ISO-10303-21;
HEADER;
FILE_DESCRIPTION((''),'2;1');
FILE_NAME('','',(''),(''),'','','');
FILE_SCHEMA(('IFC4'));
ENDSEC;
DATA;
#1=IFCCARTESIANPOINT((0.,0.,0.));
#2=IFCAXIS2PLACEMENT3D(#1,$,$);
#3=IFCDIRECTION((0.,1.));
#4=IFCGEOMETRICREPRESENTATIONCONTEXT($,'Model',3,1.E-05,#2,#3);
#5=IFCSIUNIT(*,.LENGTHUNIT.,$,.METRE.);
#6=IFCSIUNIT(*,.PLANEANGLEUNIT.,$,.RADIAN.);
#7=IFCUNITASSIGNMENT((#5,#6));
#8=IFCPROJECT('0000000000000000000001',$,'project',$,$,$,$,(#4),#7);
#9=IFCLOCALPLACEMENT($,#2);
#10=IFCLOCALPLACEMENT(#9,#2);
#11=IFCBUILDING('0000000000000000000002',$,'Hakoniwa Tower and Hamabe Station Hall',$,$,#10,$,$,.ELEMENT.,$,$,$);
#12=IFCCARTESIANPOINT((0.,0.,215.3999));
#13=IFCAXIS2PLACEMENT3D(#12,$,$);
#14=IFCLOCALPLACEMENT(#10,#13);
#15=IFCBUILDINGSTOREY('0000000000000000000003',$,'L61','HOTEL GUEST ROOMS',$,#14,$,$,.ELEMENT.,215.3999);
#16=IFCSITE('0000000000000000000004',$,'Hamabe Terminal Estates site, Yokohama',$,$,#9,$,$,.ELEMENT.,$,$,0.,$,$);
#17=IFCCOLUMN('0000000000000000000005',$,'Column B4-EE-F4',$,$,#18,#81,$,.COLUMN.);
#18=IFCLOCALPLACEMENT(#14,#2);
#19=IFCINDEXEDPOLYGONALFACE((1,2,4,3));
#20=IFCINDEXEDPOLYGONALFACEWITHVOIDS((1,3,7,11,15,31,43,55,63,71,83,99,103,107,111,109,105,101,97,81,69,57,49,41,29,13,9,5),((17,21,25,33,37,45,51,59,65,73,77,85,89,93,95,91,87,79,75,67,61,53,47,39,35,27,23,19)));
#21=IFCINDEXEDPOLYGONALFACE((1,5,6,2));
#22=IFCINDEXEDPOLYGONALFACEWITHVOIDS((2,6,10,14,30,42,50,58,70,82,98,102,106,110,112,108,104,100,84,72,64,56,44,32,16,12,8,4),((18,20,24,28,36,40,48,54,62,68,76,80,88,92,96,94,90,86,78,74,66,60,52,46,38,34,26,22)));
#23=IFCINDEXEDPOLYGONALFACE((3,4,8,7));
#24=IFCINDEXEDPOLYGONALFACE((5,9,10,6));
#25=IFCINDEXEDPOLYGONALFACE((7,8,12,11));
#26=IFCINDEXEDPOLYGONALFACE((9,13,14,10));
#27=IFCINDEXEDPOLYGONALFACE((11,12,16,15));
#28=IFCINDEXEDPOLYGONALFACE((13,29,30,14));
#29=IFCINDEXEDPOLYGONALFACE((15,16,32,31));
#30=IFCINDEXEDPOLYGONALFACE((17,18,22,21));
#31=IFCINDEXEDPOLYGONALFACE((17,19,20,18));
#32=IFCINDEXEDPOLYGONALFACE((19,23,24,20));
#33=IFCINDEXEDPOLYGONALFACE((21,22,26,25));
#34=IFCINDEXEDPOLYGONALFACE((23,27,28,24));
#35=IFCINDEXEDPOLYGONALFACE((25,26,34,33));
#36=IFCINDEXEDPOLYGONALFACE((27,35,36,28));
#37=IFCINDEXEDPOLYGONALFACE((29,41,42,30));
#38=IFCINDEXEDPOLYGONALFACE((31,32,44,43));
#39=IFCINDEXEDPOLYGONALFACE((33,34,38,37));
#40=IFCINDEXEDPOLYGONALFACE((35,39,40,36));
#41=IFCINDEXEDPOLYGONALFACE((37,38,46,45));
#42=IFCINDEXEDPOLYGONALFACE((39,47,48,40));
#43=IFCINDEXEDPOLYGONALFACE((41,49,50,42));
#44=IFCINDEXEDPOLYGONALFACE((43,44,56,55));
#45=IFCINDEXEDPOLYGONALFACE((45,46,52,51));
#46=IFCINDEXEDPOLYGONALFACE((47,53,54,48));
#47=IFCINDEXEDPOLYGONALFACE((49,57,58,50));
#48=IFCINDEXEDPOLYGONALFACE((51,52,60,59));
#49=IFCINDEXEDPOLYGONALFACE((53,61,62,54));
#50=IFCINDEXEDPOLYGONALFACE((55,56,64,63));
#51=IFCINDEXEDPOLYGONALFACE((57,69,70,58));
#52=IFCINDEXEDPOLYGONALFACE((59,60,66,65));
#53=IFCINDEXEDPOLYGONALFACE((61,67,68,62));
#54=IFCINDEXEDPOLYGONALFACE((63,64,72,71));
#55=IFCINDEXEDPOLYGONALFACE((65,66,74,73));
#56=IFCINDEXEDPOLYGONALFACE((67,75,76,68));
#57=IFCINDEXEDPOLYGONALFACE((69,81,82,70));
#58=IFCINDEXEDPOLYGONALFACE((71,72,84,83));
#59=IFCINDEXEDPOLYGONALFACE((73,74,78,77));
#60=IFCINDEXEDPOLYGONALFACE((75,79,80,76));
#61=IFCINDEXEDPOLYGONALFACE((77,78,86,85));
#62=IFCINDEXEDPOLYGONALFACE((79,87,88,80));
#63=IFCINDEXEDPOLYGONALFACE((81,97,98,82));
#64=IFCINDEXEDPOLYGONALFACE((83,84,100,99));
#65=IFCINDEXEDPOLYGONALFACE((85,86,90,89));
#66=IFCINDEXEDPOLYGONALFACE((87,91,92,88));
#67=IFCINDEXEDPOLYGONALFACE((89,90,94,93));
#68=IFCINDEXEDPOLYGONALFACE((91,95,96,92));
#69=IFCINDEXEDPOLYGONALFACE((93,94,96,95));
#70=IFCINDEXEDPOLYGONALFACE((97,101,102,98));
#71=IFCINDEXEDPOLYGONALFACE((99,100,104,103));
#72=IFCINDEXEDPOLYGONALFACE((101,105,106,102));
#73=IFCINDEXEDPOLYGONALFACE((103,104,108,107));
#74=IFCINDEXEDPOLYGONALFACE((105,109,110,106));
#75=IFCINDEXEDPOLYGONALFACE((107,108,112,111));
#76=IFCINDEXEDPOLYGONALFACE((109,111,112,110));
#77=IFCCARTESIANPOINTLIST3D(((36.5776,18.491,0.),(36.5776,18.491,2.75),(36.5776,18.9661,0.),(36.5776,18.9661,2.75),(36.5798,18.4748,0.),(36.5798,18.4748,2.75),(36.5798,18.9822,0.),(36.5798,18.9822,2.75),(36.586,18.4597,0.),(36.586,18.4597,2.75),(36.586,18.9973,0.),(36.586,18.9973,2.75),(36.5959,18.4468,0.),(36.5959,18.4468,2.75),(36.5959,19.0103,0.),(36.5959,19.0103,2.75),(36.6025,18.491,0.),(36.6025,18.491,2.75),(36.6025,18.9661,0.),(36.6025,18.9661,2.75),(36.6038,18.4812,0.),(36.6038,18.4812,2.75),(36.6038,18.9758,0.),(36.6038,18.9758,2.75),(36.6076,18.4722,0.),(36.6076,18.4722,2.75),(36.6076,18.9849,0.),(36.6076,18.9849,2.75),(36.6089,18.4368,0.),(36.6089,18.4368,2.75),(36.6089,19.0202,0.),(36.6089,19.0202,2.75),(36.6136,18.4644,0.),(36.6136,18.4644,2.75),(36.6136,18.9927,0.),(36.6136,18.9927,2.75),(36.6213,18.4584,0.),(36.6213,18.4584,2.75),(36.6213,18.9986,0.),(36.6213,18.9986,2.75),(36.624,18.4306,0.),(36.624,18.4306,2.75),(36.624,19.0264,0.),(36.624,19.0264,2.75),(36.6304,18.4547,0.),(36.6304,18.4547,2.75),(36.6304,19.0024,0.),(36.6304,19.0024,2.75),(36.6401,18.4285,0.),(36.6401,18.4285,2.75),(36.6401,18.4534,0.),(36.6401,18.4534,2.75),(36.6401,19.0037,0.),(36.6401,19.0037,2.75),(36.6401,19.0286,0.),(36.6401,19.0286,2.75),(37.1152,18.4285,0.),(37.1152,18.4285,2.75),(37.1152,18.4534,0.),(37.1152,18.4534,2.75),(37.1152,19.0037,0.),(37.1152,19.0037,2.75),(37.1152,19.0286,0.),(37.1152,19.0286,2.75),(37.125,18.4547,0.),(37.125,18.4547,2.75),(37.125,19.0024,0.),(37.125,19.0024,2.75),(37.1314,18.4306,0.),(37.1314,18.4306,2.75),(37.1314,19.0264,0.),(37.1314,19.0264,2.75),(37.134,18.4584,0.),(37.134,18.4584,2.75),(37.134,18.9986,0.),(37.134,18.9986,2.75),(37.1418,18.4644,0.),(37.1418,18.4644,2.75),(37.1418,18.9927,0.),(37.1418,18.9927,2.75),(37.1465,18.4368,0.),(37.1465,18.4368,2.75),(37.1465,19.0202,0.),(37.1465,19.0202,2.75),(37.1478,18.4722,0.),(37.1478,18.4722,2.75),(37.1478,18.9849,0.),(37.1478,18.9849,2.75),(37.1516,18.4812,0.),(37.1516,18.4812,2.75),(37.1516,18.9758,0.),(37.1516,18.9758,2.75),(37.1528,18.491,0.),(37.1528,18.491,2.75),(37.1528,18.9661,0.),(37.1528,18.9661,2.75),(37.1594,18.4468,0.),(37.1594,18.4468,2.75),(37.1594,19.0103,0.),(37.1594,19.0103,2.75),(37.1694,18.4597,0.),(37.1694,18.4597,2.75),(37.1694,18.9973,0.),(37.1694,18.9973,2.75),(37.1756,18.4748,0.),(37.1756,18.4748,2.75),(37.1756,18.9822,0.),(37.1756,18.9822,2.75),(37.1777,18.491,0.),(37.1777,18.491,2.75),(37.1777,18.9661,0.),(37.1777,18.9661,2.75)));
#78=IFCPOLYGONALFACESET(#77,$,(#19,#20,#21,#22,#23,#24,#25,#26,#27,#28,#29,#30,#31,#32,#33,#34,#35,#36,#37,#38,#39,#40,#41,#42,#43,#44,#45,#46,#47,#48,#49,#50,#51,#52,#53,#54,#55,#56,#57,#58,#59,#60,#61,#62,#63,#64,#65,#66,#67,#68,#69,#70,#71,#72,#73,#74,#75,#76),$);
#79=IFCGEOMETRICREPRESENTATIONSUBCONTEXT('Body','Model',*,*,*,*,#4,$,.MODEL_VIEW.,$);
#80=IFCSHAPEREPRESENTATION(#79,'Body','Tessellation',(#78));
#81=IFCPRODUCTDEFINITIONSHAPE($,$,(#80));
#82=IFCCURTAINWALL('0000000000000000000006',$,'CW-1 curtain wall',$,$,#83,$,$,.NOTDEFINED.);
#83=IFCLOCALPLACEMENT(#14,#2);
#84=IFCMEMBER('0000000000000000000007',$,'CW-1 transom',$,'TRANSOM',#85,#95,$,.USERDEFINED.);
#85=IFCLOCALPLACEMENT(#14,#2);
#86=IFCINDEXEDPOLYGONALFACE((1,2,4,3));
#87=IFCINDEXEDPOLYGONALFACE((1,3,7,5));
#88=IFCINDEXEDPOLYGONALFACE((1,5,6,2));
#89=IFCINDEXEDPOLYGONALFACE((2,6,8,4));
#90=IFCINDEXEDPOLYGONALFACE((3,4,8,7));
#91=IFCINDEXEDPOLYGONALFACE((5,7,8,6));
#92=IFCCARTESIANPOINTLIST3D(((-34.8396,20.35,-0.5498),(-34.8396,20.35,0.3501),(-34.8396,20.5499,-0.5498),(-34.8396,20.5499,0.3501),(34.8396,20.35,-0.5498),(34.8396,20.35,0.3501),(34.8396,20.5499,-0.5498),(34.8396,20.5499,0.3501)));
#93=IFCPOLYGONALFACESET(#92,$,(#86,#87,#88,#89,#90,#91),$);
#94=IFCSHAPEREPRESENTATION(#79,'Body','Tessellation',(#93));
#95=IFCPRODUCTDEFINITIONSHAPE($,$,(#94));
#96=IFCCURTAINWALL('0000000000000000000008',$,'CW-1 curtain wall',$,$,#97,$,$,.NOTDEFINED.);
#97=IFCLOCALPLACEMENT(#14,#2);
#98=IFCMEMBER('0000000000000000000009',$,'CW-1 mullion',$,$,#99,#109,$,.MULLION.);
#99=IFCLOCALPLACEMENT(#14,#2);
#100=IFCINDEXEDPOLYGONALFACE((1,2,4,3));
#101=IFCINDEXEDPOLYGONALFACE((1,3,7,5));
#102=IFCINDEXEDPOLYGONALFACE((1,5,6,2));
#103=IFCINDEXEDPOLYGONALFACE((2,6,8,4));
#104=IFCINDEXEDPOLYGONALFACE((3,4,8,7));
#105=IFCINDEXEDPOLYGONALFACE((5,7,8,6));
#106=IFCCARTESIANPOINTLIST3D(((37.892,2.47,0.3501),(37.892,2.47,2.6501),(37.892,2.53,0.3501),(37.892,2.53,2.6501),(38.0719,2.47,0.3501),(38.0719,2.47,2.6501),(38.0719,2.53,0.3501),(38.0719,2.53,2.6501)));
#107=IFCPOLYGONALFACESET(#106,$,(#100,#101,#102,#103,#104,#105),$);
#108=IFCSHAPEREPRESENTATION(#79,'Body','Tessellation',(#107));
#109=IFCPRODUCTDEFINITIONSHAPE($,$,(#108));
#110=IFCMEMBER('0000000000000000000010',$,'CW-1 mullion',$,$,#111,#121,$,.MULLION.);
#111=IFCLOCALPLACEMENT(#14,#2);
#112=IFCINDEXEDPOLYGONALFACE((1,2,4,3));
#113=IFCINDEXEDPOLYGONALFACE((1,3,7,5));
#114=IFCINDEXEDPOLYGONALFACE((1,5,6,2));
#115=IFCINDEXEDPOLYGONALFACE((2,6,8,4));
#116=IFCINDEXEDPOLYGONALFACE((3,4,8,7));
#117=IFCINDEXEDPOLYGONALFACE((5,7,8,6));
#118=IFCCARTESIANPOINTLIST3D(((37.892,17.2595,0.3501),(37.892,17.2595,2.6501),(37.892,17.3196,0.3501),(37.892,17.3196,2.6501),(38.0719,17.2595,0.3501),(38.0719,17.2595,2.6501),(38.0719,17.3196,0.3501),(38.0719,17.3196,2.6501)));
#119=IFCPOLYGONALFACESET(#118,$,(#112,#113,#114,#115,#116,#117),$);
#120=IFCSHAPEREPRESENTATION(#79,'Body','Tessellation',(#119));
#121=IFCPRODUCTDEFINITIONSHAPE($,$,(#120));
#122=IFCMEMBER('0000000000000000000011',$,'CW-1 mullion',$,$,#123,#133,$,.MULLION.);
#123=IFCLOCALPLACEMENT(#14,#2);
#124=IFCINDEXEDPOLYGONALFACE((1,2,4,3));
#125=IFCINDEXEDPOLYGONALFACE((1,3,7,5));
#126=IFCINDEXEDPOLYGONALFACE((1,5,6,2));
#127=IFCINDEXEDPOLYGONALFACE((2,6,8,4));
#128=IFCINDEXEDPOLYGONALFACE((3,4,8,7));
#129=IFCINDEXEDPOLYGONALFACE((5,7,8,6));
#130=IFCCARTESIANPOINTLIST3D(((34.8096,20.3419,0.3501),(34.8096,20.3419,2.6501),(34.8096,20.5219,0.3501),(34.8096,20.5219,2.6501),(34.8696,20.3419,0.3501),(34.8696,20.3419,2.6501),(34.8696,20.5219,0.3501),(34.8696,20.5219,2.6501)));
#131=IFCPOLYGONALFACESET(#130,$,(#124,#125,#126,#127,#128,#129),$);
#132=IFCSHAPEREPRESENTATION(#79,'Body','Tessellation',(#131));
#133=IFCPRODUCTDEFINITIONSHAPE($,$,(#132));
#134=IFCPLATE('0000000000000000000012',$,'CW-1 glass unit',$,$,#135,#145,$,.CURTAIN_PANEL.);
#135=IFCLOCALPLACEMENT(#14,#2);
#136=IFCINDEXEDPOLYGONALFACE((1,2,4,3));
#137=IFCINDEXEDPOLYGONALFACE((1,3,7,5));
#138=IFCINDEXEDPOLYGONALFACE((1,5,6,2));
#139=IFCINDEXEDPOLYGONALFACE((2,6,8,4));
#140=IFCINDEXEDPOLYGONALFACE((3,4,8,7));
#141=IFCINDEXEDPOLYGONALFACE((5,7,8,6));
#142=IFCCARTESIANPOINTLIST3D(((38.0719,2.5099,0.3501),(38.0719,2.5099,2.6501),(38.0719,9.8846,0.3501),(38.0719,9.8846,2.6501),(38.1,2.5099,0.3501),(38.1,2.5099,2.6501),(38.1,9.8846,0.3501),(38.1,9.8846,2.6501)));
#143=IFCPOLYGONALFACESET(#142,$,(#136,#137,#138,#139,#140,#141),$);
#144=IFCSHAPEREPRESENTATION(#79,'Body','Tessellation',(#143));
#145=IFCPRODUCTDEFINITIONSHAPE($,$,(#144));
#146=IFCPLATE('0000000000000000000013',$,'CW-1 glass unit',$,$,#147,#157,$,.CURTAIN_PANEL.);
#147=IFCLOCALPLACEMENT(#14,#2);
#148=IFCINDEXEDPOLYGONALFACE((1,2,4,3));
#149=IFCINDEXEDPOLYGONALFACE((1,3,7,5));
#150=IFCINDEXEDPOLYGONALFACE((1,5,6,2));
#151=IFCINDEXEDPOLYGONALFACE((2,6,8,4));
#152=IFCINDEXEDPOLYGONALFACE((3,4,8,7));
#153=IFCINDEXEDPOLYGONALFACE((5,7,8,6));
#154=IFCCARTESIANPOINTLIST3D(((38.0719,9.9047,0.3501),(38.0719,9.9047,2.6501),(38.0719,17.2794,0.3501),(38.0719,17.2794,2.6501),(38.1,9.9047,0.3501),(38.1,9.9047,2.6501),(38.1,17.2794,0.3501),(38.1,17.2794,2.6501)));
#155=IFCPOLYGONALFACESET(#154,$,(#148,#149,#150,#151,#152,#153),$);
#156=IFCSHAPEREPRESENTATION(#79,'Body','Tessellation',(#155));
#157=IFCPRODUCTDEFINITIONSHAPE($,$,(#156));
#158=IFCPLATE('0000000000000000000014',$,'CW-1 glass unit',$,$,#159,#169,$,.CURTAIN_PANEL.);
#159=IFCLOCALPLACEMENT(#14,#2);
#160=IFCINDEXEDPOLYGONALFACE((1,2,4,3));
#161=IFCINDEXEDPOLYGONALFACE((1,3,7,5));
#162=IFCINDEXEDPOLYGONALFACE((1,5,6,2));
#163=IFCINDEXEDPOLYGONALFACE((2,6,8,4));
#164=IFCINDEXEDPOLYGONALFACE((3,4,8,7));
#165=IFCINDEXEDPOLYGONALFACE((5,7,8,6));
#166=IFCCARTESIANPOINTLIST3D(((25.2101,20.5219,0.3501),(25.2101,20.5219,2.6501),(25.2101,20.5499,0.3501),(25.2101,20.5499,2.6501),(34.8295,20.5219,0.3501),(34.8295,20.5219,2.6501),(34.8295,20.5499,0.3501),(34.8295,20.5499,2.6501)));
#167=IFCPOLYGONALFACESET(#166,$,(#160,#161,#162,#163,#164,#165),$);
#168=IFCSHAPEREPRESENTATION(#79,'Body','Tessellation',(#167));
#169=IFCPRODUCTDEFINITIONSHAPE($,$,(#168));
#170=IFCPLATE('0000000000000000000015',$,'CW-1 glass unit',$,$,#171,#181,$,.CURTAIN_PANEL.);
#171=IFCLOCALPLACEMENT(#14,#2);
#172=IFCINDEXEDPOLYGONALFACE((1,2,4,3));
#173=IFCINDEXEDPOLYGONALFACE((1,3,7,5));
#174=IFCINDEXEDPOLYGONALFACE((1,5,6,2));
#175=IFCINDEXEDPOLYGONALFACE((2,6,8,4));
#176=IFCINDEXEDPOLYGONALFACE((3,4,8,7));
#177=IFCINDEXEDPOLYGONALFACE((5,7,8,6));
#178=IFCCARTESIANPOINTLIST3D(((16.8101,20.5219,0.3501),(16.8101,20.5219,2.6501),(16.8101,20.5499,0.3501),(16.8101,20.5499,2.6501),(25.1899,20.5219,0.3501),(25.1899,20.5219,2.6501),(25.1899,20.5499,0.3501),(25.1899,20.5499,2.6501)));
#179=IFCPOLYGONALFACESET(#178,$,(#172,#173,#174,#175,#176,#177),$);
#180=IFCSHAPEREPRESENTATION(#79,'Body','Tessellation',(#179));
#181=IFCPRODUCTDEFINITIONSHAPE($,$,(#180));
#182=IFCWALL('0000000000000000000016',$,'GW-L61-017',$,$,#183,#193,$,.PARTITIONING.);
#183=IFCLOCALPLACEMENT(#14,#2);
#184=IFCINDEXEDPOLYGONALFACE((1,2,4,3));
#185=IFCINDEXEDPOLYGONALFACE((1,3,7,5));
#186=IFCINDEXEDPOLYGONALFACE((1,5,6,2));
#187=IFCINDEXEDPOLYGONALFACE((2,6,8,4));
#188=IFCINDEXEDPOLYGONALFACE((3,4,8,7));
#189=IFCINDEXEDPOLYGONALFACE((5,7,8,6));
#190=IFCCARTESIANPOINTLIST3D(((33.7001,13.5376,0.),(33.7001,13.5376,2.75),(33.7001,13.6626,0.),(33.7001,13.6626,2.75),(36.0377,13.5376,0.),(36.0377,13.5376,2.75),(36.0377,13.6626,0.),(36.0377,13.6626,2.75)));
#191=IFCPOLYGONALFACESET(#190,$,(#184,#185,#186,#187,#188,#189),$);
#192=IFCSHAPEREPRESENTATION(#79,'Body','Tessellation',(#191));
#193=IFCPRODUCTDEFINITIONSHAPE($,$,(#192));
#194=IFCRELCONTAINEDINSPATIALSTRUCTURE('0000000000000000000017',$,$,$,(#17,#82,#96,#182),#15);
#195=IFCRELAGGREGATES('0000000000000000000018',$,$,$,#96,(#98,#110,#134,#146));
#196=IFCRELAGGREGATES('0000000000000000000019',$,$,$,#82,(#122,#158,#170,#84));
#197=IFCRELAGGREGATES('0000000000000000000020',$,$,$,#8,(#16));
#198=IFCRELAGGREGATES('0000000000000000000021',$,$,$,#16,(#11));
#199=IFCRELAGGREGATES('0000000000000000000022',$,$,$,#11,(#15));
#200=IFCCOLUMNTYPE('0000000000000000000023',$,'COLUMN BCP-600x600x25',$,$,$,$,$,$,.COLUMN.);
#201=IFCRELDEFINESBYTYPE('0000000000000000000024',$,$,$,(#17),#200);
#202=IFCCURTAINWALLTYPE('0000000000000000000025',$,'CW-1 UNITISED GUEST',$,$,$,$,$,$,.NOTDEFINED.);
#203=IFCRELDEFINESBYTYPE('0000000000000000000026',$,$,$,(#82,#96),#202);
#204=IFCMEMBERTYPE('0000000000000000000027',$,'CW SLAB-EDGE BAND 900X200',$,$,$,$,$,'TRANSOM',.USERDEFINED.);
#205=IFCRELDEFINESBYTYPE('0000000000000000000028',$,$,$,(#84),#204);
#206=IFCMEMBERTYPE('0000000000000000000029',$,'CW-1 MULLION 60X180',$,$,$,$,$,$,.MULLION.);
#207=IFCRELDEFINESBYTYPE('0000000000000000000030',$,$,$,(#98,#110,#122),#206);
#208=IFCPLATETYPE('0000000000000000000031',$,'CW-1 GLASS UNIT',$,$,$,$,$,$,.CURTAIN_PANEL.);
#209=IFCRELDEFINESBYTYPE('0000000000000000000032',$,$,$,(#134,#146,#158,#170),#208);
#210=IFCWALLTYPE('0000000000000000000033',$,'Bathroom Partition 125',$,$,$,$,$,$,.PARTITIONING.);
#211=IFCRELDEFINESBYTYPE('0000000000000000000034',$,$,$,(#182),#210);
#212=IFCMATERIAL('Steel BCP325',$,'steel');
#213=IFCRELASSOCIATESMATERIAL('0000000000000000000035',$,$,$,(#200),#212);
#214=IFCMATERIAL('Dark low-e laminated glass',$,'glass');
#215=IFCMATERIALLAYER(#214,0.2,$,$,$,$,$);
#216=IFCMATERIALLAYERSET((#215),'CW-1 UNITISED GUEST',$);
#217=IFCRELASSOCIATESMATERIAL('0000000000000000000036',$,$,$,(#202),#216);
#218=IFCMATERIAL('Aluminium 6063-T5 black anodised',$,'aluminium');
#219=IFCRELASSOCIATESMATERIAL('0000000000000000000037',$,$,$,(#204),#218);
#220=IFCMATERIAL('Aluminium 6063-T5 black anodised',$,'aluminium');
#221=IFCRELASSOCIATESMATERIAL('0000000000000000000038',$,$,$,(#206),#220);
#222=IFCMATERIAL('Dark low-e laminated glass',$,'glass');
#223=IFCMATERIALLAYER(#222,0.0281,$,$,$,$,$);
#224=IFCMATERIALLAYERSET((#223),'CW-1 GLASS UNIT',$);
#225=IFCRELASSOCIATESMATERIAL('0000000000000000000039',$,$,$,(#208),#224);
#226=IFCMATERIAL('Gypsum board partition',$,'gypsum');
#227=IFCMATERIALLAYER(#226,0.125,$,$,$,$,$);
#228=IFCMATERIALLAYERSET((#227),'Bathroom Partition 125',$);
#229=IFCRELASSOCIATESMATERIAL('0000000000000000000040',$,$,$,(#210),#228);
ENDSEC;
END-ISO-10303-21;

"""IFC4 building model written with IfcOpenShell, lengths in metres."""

from ifc_helpers import new_model, si_unit, direction, frame, frame_2d, origin, origin_2d, place, context, subcontext, project, spatial, rectangle, hollow_rectangle, extrude, material, layer, layer_set, material_profile, profile_set, type_object, element, aggregate, save


model = new_model("IFC4")

# Units and contexts
model_context = context("Model", 3, precision=1e-05, world=origin(), true_north=direction((0.0, 1.0)))
body_context = subcontext(model_context, "Body", "Model", "MODEL_VIEW")
ifc_project = project(units=[si_unit("LENGTHUNIT", "METRE"), si_unit("PLANEANGLEUNIT", "RADIAN")], contexts=[model_context])

# Site, building, storey
site_placement = place(None, origin())
site = spatial("IfcSite", under=ifc_project, at=site_placement, Name="Hamabe Terminal Estates site, Yokohama", CompositionType="ELEMENT", RefElevation=0.0)
building_placement = place(site_placement, origin())
building = spatial("IfcBuilding", under=site, at=building_placement, Name="Hakoniwa Tower and Hamabe Station Hall", CompositionType="ELEMENT")
storey_placement = place(building_placement, frame((0.0, 0.0, 215.3999)))
storey = spatial("IfcBuildingStorey", under=building, at=storey_placement, Name="L61", Description="HOTEL GUEST ROOMS", CompositionType="ELEMENT", Elevation=215.3999)

# Column
ifc_material_1 = material(Name="Steel BCP325", Category="steel")
ifc_material_profile_1 = material_profile(ifc_material_1, hollow_rectangle(XDim=0.6001, YDim=0.6001, WallThickness=0.0249, InnerFilletRadius=0.0376, OuterFilletRadius=0.0625, at=origin_2d()), Name="BCP-600x600x25")
ifc_profile_set_1 = profile_set([ifc_material_profile_1], Name="Steel BCP325")
column_type = type_object("IfcColumnType", Name="COLUMN BCP-600x600x25", PredefinedType="COLUMN", material=ifc_profile_set_1)
for number, where, z_axis, x_axis, name in (
    (1, (36.8777, 18.7285, 0.0), (0.0, 0.0, 1.0), (1.0, 0.0, 0.0), "Column B4-EE-F4"),
):
    element("IfcColumn", number, at=place(storey_placement, frame(where, z_axis=z_axis, x_axis=x_axis)), inside=storey, type_object=column_type, Name=name, PredefinedType="COLUMN", context=body_context, shape_type="SweptSolid", body=[
        extrude(hollow_rectangle(XDim=0.6001, YDim=0.6001, WallThickness=0.0249, InnerFilletRadius=0.0376, OuterFilletRadius=0.0625, at=origin_2d()), origin(), (0.0, 0.0, 1.0), 2.75),
    ])

# Curtain wall, member
ifc_material_2 = material(Name="Dark low-e laminated glass", Category="glass")
ifc_layer_1 = layer(ifc_material_2, 0.2)
ifc_layer_set_1 = layer_set([ifc_layer_1], Name="CW-1 UNITISED GUEST")
curtain_wall_type = type_object("IfcCurtainWallType", Name="CW-1 UNITISED GUEST", PredefinedType="NOTDEFINED", material=ifc_layer_set_1)
curtain_wall_1_placement = place(storey_placement, origin())
curtain_wall_1 = element("IfcCurtainWall", 2, at=curtain_wall_1_placement, inside=storey, type_object=curtain_wall_type, Name="CW-1 curtain wall", PredefinedType="NOTDEFINED")
ifc_material_3 = material(Name="Aluminium 6063-T5 black anodised", Category="aluminium")
ifc_material_profile_2 = material_profile(ifc_material_3, rectangle(XDim=0.2, YDim=0.8999, at=origin_2d()), Name="CW SLAB-EDGE BAND 900X200")
ifc_profile_set_2 = profile_set([ifc_material_profile_2], Name="Aluminium 6063-T5 black anodised")
member_type_1 = type_object("IfcMemberType", Name="CW SLAB-EDGE BAND 900X200", ElementType="TRANSOM", PredefinedType="USERDEFINED", material=ifc_profile_set_2)
member_1_placement = place(storey_placement, frame((34.8396, 20.45, -0.0999), z_axis=(-1.0, 0.0, 0.0), x_axis=(0.0, -1.0, 0.0)))
member_1 = element("IfcMember", 3, at=member_1_placement, type_object=member_type_1, Name="CW-1 transom", ObjectType="TRANSOM", PredefinedType="USERDEFINED", context=body_context, shape_type="SweptSolid", body=[
    extrude(rectangle(XDim=0.2, YDim=0.8999, at=origin_2d()), origin(), (0.0, 0.0, 1.0), 69.6792),
])

# Curtain wall, members
curtain_wall_2_placement = place(storey_placement, origin())
curtain_wall_2 = element("IfcCurtainWall", 4, at=curtain_wall_2_placement, inside=storey, type_object=curtain_wall_type, Name="CW-1 curtain wall", PredefinedType="NOTDEFINED")
ifc_material_4 = material(Name="Aluminium 6063-T5 black anodised", Category="aluminium")
ifc_material_profile_3 = material_profile(ifc_material_4, rectangle(XDim=0.0601, YDim=0.1799, at=origin_2d()), Name="CW-1 MULLION 60X180")
ifc_profile_set_3 = profile_set([ifc_material_profile_3], Name="Aluminium 6063-T5 black anodised")
member_type_2 = type_object("IfcMemberType", Name="CW-1 MULLION 60X180", PredefinedType="MULLION", material=ifc_profile_set_3)
member_2_placement = place(storey_placement, frame((37.9819, 2.5, 0.3501), z_axis=(0.0, 0.0, 1.0), x_axis=(0.0, 1.0, 0.0)))
member_2 = element("IfcMember", 5, at=member_2_placement, type_object=member_type_2, Name="CW-1 mullion", PredefinedType="MULLION", context=body_context, shape_type="SweptSolid", body=[
    extrude(rectangle(XDim=0.0601, YDim=0.1799, at=origin_2d()), origin(), (0.0, 0.0, 1.0), 2.3),
])
member_3_placement = place(storey_placement, frame((37.9819, 17.2896, 0.3501), z_axis=(0.0, 0.0, 1.0), x_axis=(0.0, 1.0, 0.0)))
member_3 = element("IfcMember", 6, at=member_3_placement, type_object=member_type_2, Name="CW-1 mullion", PredefinedType="MULLION", context=body_context, shape_type="SweptSolid", body=[
    extrude(rectangle(XDim=0.0601, YDim=0.1799, at=origin_2d()), origin(), (0.0, 0.0, 1.0), 2.3),
])

# Member
member_4_placement = place(storey_placement, frame((34.8396, 20.4319, 0.3501), z_axis=(0.0, 0.0, 1.0), x_axis=(-1.0, 0.0, 0.0)))
member_4 = element("IfcMember", 7, at=member_4_placement, type_object=member_type_2, Name="CW-1 mullion", PredefinedType="MULLION", context=body_context, shape_type="SweptSolid", body=[
    extrude(rectangle(XDim=0.0601, YDim=0.1799, at=origin_2d()), origin(), (0.0, 0.0, 1.0), 2.3),
])

# Plates
ifc_material_5 = material(Name="Dark low-e laminated glass", Category="glass")
ifc_layer_2 = layer(ifc_material_5, 0.0281)
ifc_layer_set_2 = layer_set([ifc_layer_2], Name="CW-1 GLASS UNIT")
plate_type = type_object("IfcPlateType", Name="CW-1 GLASS UNIT", PredefinedType="CURTAIN_PANEL", material=ifc_layer_set_2)
plate_1_placement = place(storey_placement, frame((38.0859, 6.1973, 0.3501), z_axis=(0.0, 0.0, 1.0), x_axis=(0.0, 1.0, 0.0)))
plate_1 = element("IfcPlate", 8, at=plate_1_placement, type_object=plate_type, Name="CW-1 glass unit", PredefinedType="CURTAIN_PANEL", context=body_context, shape_type="SweptSolid", body=[
    extrude(rectangle(XDim=7.3748, YDim=0.0281, at=origin_2d()), origin(), (0.0, 0.0, 1.0), 2.3),
])
plate_2_placement = place(storey_placement, frame((38.0859, 13.592, 0.3501), z_axis=(0.0, 0.0, 1.0), x_axis=(0.0, 1.0, 0.0)))
plate_2 = element("IfcPlate", 9, at=plate_2_placement, type_object=plate_type, Name="CW-1 glass unit", PredefinedType="CURTAIN_PANEL", context=body_context, shape_type="SweptSolid", body=[
    extrude(rectangle(XDim=7.3748, YDim=0.0281, at=origin_2d()), origin(), (0.0, 0.0, 1.0), 2.3),
])
aggregate(curtain_wall_2, [member_2, member_3, plate_1, plate_2])
plate_3_placement = place(storey_placement, frame((30.0198, 20.5359, 0.3501), z_axis=(0.0, 0.0, 1.0), x_axis=(-1.0, 0.0, 0.0)))
plate_3 = element("IfcPlate", 10, at=plate_3_placement, type_object=plate_type, Name="CW-1 glass unit", PredefinedType="CURTAIN_PANEL", context=body_context, shape_type="SweptSolid", body=[
    extrude(rectangle(XDim=9.6194, YDim=0.0281, at=origin_2d()), origin(), (0.0, 0.0, 1.0), 2.3),
])
plate_4_placement = place(storey_placement, frame((21.0, 20.5359, 0.3501), z_axis=(0.0, 0.0, 1.0), x_axis=(-1.0, 0.0, 0.0)))
plate_4 = element("IfcPlate", 11, at=plate_4_placement, type_object=plate_type, Name="CW-1 glass unit", PredefinedType="CURTAIN_PANEL", context=body_context, shape_type="SweptSolid", body=[
    extrude(rectangle(XDim=8.3799, YDim=0.0281, at=origin_2d()), origin(), (0.0, 0.0, 1.0), 2.3),
])
aggregate(curtain_wall_1, [member_4, plate_3, plate_4, member_1])

# Wall
ifc_material_6 = material(Name="Gypsum board partition", Category="gypsum")
ifc_layer_3 = layer(ifc_material_6, 0.125)
ifc_layer_set_3 = layer_set([ifc_layer_3], Name="Bathroom Partition 125")
wall_type_1 = type_object("IfcWallType", Name="Bathroom Partition 125", PredefinedType="PARTITIONING", material=ifc_layer_set_3)
wall_1_placement = place(storey_placement, frame((33.7, 13.6001, 0.0), z_axis=(0.0, 0.0, 1.0), x_axis=(1.0, 0.0, 0.0)))
element("IfcWall", 12, at=wall_1_placement, inside=storey, type_object=wall_type_1, Name="GW-L61-017", PredefinedType="PARTITIONING", context=body_context, shape_type="SweptSolid", body=[
    extrude(rectangle(XDim=2.3376, YDim=0.125, at=frame_2d((1.1689, 0.0))), origin(), (0.0, 0.0, 1.0), 2.75),
])

save(model, "model.ifc")
